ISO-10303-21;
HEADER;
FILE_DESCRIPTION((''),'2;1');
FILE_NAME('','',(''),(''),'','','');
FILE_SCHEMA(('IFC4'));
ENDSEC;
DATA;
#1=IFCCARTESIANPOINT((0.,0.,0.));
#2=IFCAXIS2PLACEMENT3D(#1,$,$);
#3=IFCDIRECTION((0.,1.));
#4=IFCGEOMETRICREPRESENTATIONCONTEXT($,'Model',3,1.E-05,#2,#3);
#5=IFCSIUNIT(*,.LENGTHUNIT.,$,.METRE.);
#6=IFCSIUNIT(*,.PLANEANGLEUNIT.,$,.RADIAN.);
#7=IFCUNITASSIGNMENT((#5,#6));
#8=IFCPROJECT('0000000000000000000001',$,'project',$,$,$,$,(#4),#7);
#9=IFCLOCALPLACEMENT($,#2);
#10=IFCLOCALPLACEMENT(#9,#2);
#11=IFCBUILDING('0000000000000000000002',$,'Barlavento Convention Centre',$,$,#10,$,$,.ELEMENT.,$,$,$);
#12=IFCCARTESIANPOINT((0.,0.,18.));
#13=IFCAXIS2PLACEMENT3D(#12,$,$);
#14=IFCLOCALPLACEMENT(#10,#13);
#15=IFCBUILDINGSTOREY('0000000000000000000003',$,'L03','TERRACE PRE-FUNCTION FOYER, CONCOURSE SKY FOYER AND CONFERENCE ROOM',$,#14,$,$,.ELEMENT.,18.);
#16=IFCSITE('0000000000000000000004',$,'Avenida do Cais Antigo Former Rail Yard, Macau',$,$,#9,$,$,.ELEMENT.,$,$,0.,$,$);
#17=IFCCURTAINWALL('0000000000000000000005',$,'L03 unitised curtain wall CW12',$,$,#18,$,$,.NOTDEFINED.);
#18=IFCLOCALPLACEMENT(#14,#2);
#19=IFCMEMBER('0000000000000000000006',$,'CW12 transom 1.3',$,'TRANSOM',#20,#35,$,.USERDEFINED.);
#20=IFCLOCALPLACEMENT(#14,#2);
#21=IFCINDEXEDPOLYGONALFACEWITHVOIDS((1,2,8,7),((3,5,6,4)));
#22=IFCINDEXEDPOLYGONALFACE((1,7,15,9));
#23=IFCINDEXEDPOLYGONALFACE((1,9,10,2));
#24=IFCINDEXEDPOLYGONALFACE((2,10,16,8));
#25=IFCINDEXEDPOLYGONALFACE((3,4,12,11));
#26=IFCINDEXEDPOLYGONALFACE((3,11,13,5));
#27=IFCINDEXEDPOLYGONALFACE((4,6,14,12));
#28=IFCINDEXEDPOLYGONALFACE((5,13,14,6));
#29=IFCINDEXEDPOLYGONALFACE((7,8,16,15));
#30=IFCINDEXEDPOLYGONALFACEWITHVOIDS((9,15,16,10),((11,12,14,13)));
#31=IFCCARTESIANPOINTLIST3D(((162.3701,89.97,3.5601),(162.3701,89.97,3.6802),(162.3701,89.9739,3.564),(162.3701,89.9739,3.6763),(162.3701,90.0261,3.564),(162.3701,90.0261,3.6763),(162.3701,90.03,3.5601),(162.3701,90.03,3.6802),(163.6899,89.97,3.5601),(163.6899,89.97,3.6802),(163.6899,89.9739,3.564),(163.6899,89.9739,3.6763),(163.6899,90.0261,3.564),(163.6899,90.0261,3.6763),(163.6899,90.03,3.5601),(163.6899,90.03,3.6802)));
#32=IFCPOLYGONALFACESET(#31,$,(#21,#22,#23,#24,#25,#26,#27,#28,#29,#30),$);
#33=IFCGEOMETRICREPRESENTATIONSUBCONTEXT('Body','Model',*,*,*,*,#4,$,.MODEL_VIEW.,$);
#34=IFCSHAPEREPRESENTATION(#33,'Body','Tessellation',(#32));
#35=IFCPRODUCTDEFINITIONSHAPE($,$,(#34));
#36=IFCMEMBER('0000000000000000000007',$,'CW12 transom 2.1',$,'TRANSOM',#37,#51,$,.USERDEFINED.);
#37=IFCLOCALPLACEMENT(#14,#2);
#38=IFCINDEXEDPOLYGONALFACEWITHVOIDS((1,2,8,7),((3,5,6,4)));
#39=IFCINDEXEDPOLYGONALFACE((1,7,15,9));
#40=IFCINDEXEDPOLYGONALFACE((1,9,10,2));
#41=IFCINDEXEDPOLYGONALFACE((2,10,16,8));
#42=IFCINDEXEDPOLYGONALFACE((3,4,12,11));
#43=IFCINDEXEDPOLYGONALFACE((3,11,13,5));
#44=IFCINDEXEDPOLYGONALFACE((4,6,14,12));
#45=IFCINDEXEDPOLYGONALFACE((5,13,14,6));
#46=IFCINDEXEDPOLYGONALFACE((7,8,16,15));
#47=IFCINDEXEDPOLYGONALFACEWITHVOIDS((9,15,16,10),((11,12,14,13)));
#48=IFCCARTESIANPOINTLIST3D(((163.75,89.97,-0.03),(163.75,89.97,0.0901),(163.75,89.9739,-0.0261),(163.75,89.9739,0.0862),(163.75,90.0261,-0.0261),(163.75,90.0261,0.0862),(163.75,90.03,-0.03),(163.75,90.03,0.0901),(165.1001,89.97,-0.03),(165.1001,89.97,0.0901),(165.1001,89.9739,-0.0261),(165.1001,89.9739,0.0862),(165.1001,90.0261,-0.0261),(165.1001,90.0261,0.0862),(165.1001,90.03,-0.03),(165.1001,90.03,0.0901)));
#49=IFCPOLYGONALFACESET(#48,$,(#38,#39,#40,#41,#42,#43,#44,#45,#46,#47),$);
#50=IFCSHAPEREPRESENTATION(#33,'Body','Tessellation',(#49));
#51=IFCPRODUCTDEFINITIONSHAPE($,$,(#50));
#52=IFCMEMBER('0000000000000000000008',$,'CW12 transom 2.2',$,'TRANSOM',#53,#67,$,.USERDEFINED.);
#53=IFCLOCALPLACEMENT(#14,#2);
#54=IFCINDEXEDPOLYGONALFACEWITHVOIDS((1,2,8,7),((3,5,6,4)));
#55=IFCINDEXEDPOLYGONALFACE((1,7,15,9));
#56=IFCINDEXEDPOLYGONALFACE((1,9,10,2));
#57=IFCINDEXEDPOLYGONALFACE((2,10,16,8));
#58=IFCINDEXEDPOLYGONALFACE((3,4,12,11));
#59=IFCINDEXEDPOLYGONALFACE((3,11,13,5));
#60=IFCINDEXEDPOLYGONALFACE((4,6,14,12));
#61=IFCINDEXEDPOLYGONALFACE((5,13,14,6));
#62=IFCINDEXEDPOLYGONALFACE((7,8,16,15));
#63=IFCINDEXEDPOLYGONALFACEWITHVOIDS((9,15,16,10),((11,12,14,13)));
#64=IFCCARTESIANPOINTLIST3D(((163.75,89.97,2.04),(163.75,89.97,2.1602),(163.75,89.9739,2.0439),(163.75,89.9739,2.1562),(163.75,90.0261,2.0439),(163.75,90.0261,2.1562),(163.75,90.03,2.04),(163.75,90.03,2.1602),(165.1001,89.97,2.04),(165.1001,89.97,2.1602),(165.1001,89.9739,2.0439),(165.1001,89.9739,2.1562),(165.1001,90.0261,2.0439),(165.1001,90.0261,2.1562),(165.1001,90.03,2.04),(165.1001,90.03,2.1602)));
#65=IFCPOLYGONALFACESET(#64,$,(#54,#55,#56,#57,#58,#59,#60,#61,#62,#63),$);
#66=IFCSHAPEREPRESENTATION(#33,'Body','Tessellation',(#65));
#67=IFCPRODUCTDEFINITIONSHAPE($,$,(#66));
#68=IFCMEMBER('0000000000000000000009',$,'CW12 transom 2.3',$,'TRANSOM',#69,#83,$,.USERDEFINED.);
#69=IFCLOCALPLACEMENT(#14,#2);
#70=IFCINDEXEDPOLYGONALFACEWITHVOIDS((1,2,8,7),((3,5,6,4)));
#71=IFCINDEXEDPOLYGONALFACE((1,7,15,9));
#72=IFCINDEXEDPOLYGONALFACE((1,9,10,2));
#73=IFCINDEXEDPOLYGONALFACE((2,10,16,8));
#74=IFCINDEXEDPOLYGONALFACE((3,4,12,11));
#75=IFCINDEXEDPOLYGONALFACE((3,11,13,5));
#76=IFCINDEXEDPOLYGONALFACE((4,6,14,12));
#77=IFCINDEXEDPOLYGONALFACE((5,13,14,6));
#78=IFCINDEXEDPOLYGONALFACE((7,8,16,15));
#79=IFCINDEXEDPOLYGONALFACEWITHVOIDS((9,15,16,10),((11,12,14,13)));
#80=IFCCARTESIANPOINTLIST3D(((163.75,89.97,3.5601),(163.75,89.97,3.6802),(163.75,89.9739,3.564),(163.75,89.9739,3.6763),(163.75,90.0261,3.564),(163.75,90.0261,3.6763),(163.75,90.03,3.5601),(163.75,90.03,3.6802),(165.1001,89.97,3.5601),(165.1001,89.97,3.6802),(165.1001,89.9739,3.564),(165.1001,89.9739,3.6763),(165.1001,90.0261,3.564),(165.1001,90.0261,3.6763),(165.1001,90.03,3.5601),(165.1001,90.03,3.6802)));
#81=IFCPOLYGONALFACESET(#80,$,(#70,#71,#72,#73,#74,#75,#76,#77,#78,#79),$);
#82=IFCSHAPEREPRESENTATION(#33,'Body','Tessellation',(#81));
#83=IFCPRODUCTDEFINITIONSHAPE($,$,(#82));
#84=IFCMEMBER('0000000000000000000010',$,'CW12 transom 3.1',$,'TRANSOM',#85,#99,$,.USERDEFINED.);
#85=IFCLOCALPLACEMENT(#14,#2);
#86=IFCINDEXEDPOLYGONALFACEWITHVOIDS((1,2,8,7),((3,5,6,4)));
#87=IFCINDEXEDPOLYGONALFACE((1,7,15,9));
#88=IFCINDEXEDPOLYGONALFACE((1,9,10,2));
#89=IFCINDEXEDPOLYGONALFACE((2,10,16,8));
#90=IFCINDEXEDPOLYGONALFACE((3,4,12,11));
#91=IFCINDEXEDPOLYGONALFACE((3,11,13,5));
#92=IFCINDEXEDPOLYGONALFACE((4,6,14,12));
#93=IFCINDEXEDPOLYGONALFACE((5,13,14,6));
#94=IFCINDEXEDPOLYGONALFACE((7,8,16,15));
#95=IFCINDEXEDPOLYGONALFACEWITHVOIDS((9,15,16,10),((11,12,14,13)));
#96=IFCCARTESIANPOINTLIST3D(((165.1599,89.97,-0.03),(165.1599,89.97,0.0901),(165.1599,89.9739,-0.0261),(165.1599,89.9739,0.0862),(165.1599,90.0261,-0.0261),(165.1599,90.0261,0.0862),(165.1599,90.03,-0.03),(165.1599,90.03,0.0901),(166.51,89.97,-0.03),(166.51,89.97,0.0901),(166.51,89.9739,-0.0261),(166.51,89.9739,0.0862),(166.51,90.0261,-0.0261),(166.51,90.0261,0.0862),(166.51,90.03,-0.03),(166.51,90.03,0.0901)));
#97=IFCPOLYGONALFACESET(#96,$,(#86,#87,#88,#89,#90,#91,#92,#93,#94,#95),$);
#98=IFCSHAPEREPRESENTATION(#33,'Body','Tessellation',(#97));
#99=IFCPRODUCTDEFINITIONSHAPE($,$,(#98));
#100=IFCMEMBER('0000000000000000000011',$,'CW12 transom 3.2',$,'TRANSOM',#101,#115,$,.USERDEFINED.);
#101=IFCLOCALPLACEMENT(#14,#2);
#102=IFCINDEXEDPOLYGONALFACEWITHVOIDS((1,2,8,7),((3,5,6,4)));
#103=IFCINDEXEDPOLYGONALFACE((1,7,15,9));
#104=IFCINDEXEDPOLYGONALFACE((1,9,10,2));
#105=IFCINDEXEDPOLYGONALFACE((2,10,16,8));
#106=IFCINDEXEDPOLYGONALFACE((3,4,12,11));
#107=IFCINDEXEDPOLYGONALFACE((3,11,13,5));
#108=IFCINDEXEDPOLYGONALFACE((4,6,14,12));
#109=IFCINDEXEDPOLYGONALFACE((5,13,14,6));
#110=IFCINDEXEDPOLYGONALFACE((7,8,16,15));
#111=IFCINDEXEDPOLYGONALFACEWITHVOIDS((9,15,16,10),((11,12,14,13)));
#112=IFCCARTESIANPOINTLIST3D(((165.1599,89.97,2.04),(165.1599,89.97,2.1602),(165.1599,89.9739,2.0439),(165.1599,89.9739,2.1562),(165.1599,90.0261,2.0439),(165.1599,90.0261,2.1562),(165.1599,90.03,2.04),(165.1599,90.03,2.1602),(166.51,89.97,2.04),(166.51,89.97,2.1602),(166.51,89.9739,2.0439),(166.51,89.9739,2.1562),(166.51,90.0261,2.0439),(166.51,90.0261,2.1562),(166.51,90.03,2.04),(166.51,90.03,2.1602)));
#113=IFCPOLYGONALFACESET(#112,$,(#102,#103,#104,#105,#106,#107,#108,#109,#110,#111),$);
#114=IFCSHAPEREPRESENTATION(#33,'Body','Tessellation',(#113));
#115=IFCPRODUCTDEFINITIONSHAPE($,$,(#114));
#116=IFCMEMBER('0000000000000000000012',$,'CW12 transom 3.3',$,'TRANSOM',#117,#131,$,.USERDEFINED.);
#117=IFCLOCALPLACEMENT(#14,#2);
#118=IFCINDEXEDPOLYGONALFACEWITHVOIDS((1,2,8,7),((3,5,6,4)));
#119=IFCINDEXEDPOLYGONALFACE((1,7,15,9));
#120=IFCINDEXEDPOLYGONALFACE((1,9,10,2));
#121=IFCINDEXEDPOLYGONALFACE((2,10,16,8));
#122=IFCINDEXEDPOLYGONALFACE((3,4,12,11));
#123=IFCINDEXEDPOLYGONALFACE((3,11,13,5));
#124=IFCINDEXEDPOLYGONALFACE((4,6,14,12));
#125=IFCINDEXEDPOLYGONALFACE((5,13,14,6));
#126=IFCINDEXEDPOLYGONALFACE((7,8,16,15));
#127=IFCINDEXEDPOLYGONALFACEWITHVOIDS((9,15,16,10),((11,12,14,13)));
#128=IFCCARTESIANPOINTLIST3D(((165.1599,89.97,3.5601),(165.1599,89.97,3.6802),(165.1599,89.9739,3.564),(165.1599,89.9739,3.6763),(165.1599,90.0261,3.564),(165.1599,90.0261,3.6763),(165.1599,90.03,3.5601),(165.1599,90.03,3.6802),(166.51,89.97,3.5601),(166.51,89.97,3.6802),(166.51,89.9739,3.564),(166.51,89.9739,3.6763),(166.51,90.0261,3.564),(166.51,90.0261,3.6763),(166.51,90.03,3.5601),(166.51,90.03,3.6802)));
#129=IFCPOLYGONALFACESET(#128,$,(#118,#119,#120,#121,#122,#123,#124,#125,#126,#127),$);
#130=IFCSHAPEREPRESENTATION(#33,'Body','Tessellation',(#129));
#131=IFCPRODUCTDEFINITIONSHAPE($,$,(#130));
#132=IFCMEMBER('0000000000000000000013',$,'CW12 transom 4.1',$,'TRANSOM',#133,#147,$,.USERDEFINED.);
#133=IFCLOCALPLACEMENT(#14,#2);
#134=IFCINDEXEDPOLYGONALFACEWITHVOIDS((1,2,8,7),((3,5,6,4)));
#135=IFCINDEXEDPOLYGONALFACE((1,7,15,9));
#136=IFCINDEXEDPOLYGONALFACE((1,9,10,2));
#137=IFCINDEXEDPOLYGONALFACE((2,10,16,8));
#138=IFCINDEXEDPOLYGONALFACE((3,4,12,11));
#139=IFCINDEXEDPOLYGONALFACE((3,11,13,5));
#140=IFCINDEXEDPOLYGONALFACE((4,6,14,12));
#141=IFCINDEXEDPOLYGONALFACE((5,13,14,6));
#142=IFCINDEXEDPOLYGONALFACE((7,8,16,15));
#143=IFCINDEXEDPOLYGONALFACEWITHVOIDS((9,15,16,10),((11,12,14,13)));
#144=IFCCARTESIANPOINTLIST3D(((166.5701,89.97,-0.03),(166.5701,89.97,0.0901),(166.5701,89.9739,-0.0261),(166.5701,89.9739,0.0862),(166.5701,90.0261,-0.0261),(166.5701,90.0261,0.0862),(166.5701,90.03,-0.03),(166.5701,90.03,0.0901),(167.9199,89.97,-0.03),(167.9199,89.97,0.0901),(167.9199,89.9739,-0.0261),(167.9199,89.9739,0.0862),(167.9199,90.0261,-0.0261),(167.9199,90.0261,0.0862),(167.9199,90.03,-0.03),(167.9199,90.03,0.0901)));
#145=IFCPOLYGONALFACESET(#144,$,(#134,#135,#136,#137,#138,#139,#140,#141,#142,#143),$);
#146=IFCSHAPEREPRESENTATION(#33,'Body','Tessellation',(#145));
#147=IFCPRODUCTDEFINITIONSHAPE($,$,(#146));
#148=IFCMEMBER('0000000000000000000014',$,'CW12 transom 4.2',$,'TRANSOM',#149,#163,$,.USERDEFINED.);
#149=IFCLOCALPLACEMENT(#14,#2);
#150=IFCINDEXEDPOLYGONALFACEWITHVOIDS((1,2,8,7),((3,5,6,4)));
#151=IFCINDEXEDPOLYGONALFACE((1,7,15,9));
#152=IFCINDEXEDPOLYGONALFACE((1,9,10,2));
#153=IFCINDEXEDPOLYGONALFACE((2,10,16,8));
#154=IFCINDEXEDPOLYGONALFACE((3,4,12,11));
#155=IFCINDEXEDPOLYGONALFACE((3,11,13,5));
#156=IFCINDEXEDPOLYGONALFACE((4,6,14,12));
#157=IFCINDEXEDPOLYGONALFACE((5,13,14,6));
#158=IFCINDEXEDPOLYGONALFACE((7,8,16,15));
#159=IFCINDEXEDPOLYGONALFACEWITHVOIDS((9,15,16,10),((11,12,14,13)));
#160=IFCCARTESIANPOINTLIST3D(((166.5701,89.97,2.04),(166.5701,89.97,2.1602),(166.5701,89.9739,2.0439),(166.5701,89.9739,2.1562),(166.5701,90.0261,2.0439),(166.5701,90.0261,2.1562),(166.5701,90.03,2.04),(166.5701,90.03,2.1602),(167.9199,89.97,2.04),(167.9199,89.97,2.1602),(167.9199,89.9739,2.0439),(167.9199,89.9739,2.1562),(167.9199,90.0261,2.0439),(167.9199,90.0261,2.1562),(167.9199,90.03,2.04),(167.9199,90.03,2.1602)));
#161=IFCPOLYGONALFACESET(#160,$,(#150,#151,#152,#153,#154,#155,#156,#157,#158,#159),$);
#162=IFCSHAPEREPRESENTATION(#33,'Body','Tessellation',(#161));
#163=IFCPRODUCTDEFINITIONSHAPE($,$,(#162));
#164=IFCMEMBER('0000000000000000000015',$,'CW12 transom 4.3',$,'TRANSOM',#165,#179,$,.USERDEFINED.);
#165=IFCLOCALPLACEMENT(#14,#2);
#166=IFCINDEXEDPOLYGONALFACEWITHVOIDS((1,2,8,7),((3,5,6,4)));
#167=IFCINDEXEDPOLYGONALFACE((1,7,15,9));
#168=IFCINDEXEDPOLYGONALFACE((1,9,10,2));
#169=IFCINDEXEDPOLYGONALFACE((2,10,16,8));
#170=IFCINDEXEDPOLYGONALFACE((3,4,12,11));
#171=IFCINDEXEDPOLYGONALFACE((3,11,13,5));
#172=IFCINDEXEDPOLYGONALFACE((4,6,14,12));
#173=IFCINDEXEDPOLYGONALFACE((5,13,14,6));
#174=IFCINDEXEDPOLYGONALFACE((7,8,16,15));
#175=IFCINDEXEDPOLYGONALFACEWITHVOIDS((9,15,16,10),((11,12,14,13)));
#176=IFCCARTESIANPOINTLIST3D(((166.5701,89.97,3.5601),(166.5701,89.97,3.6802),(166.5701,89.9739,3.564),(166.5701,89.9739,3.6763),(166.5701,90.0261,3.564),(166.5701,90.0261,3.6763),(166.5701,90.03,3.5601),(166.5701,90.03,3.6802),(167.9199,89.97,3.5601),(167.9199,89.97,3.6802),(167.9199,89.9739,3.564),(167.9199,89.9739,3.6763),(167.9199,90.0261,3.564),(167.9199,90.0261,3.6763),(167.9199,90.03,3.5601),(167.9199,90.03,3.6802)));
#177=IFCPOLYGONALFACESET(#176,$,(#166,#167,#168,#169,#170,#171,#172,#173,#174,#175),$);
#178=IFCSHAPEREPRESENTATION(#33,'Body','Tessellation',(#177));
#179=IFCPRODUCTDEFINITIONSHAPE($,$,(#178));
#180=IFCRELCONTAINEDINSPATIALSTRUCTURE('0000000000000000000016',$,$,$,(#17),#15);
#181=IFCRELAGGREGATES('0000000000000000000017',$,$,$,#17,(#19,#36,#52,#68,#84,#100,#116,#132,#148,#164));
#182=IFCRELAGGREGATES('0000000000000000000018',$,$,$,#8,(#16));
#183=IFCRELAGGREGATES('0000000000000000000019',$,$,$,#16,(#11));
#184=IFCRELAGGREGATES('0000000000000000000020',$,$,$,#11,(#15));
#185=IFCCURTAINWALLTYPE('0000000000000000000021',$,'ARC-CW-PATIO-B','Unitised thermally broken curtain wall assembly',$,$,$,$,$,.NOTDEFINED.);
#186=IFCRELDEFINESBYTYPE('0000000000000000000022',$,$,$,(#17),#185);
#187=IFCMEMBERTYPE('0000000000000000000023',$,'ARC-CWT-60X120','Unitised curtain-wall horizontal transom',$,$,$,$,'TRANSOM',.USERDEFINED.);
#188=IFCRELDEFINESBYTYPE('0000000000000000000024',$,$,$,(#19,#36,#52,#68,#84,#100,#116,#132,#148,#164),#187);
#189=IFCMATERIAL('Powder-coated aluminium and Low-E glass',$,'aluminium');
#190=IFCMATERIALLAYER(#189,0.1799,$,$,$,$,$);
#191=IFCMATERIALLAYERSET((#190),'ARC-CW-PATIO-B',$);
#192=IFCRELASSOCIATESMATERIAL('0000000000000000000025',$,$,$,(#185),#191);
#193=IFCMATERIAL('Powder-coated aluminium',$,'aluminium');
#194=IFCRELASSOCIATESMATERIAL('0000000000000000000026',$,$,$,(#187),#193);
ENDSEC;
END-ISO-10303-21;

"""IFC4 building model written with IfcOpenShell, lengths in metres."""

from ifc_helpers import new_model, si_unit, direction, frame, origin, origin_2d, place, context, subcontext, project, spatial, hollow_rectangle, extrude, material, layer, layer_set, material_profile, profile_set, type_object, element, aggregate, save


model = new_model("IFC4")

# Units and contexts
model_context = context("Model", 3, precision=1e-05, world=origin(), true_north=direction((0.0, 1.0)))
body_context = subcontext(model_context, "Body", "Model", "MODEL_VIEW")
ifc_project = project(units=[si_unit("LENGTHUNIT", "METRE"), si_unit("PLANEANGLEUNIT", "RADIAN")], contexts=[model_context])

# Site, building, storey
site_placement = place(None, origin())
site = spatial("IfcSite", under=ifc_project, at=site_placement, Name="Avenida do Cais Antigo Former Rail Yard, Macau", CompositionType="ELEMENT", RefElevation=0.0)
building_placement = place(site_placement, origin())
building = spatial("IfcBuilding", under=site, at=building_placement, Name="Barlavento Convention Centre", CompositionType="ELEMENT")
storey_placement = place(building_placement, frame((0.0, 0.0, 18.0)))
storey = spatial("IfcBuildingStorey", under=building, at=storey_placement, Name="L03", Description="TERRACE PRE-FUNCTION FOYER, CONCOURSE SKY FOYER AND CONFERENCE ROOM", CompositionType="ELEMENT", Elevation=18.0)

# Shared definitions
ifc_material_1 = material(Name="Powder-coated aluminium and Low-E glass", Category="aluminium")
ifc_layer_1 = layer(ifc_material_1, 0.1799)
ifc_layer_set_1 = layer_set([ifc_layer_1], Name="ARC-CW-PATIO-B")
curtain_wall_type = type_object("IfcCurtainWallType", Name="ARC-CW-PATIO-B", Description="Unitised thermally broken curtain wall assembly", PredefinedType="NOTDEFINED", material=ifc_layer_set_1)
ifc_material_2 = material(Name="Powder-coated aluminium", Category="aluminium")

# Curtain wall
curtain_wall_1_placement = place(storey_placement, origin())
curtain_wall_1 = element("IfcCurtainWall", 1, at=curtain_wall_1_placement, inside=storey, type_object=curtain_wall_type, Name="L03 unitised curtain wall CW12", PredefinedType="NOTDEFINED")

# Members
ifc_material_profile_1 = material_profile(ifc_material_2, hollow_rectangle(XDim=0.0601, YDim=0.1201, WallThickness=0.0039, at=origin_2d()), Name="AL-TRAN 60x120x4")
ifc_profile_set_1 = profile_set([ifc_material_profile_1], Name="Powder-coated aluminium")
member_type_1 = type_object("IfcMemberType", Name="ARC-CWT-60X120", Description="Unitised curtain-wall horizontal transom", ElementType="TRANSOM", PredefinedType="USERDEFINED", material=ifc_profile_set_1)
member_1_placement = place(storey_placement, frame((162.3701, 90.0, 3.6201), z_axis=(1.0, 0.0, 0.0), x_axis=(0.0, 1.0, 0.0)))
member_1 = element("IfcMember", 2, at=member_1_placement, type_object=member_type_1, Name="CW12 transom 1.3", ObjectType="TRANSOM", PredefinedType="USERDEFINED", context=body_context, shape_type="SweptSolid", body=[
    extrude(hollow_rectangle(XDim=0.0601, YDim=0.1201, WallThickness=0.0039, at=origin_2d()), origin(), (0.0, 0.0, 1.0), 1.3198),
])
member_2_placement = place(storey_placement, frame((163.75, 90.0, 0.03), z_axis=(1.0, 0.0, 0.0), x_axis=(0.0, 1.0, 0.0)))
member_2 = element("IfcMember", 3, at=member_2_placement, type_object=member_type_1, Name="CW12 transom 2.1", ObjectType="TRANSOM", PredefinedType="USERDEFINED", context=body_context, shape_type="SweptSolid", body=[
    extrude(hollow_rectangle(XDim=0.0601, YDim=0.1201, WallThickness=0.0039, at=origin_2d()), origin(), (0.0, 0.0, 1.0), 1.3501),
])
member_3_placement = place(storey_placement, frame((163.75, 90.0, 2.1001), z_axis=(1.0, 0.0, 0.0), x_axis=(0.0, 1.0, 0.0)))
member_3 = element("IfcMember", 4, at=member_3_placement, type_object=member_type_1, Name="CW12 transom 2.2", ObjectType="TRANSOM", PredefinedType="USERDEFINED", context=body_context, shape_type="SweptSolid", body=[
    extrude(hollow_rectangle(XDim=0.0601, YDim=0.1201, WallThickness=0.0039, at=origin_2d()), origin(), (0.0, 0.0, 1.0), 1.3501),
])
member_4_placement = place(storey_placement, frame((163.75, 90.0, 3.6201), z_axis=(1.0, 0.0, 0.0), x_axis=(0.0, 1.0, 0.0)))
member_4 = element("IfcMember", 5, at=member_4_placement, type_object=member_type_1, Name="CW12 transom 2.3", ObjectType="TRANSOM", PredefinedType="USERDEFINED", context=body_context, shape_type="SweptSolid", body=[
    extrude(hollow_rectangle(XDim=0.0601, YDim=0.1201, WallThickness=0.0039, at=origin_2d()), origin(), (0.0, 0.0, 1.0), 1.3501),
])
member_5_placement = place(storey_placement, frame((165.1599, 90.0, 0.03), z_axis=(1.0, 0.0, 0.0), x_axis=(0.0, 1.0, 0.0)))
member_5 = element("IfcMember", 6, at=member_5_placement, type_object=member_type_1, Name="CW12 transom 3.1", ObjectType="TRANSOM", PredefinedType="USERDEFINED", context=body_context, shape_type="SweptSolid", body=[
    extrude(hollow_rectangle(XDim=0.0601, YDim=0.1201, WallThickness=0.0039, at=origin_2d()), origin(), (0.0, 0.0, 1.0), 1.3501),
])
member_6_placement = place(storey_placement, frame((165.1599, 90.0, 2.1001), z_axis=(1.0, 0.0, 0.0), x_axis=(0.0, 1.0, 0.0)))
member_6 = element("IfcMember", 7, at=member_6_placement, type_object=member_type_1, Name="CW12 transom 3.2", ObjectType="TRANSOM", PredefinedType="USERDEFINED", context=body_context, shape_type="SweptSolid", body=[
    extrude(hollow_rectangle(XDim=0.0601, YDim=0.1201, WallThickness=0.0039, at=origin_2d()), origin(), (0.0, 0.0, 1.0), 1.3501),
])
member_7_placement = place(storey_placement, frame((165.1599, 90.0, 3.6201), z_axis=(1.0, 0.0, 0.0), x_axis=(0.0, 1.0, 0.0)))
member_7 = element("IfcMember", 8, at=member_7_placement, type_object=member_type_1, Name="CW12 transom 3.3", ObjectType="TRANSOM", PredefinedType="USERDEFINED", context=body_context, shape_type="SweptSolid", body=[
    extrude(hollow_rectangle(XDim=0.0601, YDim=0.1201, WallThickness=0.0039, at=origin_2d()), origin(), (0.0, 0.0, 1.0), 1.3501),
])
member_8_placement = place(storey_placement, frame((166.5701, 90.0, 0.03), z_axis=(1.0, 0.0, 0.0), x_axis=(0.0, 1.0, 0.0)))
member_8 = element("IfcMember", 9, at=member_8_placement, type_object=member_type_1, Name="CW12 transom 4.1", ObjectType="TRANSOM", PredefinedType="USERDEFINED", context=body_context, shape_type="SweptSolid", body=[
    extrude(hollow_rectangle(XDim=0.0601, YDim=0.1201, WallThickness=0.0039, at=origin_2d()), origin(), (0.0, 0.0, 1.0), 1.3499),
])
member_9_placement = place(storey_placement, frame((166.5701, 90.0, 2.1001), z_axis=(1.0, 0.0, 0.0), x_axis=(0.0, 1.0, 0.0)))
member_9 = element("IfcMember", 10, at=member_9_placement, type_object=member_type_1, Name="CW12 transom 4.2", ObjectType="TRANSOM", PredefinedType="USERDEFINED", context=body_context, shape_type="SweptSolid", body=[
    extrude(hollow_rectangle(XDim=0.0601, YDim=0.1201, WallThickness=0.0039, at=origin_2d()), origin(), (0.0, 0.0, 1.0), 1.3499),
])
member_10_placement = place(storey_placement, frame((166.5701, 90.0, 3.6201), z_axis=(1.0, 0.0, 0.0), x_axis=(0.0, 1.0, 0.0)))
member_10 = element("IfcMember", 11, at=member_10_placement, type_object=member_type_1, Name="CW12 transom 4.3", ObjectType="TRANSOM", PredefinedType="USERDEFINED", context=body_context, shape_type="SweptSolid", body=[
    extrude(hollow_rectangle(XDim=0.0601, YDim=0.1201, WallThickness=0.0039, at=origin_2d()), origin(), (0.0, 0.0, 1.0), 1.3499),
])

aggregate(curtain_wall_1, [member_1, member_2, member_3, member_4, member_5, member_6, member_7, member_8, member_9, member_10])

save(model, "model.ifc")
